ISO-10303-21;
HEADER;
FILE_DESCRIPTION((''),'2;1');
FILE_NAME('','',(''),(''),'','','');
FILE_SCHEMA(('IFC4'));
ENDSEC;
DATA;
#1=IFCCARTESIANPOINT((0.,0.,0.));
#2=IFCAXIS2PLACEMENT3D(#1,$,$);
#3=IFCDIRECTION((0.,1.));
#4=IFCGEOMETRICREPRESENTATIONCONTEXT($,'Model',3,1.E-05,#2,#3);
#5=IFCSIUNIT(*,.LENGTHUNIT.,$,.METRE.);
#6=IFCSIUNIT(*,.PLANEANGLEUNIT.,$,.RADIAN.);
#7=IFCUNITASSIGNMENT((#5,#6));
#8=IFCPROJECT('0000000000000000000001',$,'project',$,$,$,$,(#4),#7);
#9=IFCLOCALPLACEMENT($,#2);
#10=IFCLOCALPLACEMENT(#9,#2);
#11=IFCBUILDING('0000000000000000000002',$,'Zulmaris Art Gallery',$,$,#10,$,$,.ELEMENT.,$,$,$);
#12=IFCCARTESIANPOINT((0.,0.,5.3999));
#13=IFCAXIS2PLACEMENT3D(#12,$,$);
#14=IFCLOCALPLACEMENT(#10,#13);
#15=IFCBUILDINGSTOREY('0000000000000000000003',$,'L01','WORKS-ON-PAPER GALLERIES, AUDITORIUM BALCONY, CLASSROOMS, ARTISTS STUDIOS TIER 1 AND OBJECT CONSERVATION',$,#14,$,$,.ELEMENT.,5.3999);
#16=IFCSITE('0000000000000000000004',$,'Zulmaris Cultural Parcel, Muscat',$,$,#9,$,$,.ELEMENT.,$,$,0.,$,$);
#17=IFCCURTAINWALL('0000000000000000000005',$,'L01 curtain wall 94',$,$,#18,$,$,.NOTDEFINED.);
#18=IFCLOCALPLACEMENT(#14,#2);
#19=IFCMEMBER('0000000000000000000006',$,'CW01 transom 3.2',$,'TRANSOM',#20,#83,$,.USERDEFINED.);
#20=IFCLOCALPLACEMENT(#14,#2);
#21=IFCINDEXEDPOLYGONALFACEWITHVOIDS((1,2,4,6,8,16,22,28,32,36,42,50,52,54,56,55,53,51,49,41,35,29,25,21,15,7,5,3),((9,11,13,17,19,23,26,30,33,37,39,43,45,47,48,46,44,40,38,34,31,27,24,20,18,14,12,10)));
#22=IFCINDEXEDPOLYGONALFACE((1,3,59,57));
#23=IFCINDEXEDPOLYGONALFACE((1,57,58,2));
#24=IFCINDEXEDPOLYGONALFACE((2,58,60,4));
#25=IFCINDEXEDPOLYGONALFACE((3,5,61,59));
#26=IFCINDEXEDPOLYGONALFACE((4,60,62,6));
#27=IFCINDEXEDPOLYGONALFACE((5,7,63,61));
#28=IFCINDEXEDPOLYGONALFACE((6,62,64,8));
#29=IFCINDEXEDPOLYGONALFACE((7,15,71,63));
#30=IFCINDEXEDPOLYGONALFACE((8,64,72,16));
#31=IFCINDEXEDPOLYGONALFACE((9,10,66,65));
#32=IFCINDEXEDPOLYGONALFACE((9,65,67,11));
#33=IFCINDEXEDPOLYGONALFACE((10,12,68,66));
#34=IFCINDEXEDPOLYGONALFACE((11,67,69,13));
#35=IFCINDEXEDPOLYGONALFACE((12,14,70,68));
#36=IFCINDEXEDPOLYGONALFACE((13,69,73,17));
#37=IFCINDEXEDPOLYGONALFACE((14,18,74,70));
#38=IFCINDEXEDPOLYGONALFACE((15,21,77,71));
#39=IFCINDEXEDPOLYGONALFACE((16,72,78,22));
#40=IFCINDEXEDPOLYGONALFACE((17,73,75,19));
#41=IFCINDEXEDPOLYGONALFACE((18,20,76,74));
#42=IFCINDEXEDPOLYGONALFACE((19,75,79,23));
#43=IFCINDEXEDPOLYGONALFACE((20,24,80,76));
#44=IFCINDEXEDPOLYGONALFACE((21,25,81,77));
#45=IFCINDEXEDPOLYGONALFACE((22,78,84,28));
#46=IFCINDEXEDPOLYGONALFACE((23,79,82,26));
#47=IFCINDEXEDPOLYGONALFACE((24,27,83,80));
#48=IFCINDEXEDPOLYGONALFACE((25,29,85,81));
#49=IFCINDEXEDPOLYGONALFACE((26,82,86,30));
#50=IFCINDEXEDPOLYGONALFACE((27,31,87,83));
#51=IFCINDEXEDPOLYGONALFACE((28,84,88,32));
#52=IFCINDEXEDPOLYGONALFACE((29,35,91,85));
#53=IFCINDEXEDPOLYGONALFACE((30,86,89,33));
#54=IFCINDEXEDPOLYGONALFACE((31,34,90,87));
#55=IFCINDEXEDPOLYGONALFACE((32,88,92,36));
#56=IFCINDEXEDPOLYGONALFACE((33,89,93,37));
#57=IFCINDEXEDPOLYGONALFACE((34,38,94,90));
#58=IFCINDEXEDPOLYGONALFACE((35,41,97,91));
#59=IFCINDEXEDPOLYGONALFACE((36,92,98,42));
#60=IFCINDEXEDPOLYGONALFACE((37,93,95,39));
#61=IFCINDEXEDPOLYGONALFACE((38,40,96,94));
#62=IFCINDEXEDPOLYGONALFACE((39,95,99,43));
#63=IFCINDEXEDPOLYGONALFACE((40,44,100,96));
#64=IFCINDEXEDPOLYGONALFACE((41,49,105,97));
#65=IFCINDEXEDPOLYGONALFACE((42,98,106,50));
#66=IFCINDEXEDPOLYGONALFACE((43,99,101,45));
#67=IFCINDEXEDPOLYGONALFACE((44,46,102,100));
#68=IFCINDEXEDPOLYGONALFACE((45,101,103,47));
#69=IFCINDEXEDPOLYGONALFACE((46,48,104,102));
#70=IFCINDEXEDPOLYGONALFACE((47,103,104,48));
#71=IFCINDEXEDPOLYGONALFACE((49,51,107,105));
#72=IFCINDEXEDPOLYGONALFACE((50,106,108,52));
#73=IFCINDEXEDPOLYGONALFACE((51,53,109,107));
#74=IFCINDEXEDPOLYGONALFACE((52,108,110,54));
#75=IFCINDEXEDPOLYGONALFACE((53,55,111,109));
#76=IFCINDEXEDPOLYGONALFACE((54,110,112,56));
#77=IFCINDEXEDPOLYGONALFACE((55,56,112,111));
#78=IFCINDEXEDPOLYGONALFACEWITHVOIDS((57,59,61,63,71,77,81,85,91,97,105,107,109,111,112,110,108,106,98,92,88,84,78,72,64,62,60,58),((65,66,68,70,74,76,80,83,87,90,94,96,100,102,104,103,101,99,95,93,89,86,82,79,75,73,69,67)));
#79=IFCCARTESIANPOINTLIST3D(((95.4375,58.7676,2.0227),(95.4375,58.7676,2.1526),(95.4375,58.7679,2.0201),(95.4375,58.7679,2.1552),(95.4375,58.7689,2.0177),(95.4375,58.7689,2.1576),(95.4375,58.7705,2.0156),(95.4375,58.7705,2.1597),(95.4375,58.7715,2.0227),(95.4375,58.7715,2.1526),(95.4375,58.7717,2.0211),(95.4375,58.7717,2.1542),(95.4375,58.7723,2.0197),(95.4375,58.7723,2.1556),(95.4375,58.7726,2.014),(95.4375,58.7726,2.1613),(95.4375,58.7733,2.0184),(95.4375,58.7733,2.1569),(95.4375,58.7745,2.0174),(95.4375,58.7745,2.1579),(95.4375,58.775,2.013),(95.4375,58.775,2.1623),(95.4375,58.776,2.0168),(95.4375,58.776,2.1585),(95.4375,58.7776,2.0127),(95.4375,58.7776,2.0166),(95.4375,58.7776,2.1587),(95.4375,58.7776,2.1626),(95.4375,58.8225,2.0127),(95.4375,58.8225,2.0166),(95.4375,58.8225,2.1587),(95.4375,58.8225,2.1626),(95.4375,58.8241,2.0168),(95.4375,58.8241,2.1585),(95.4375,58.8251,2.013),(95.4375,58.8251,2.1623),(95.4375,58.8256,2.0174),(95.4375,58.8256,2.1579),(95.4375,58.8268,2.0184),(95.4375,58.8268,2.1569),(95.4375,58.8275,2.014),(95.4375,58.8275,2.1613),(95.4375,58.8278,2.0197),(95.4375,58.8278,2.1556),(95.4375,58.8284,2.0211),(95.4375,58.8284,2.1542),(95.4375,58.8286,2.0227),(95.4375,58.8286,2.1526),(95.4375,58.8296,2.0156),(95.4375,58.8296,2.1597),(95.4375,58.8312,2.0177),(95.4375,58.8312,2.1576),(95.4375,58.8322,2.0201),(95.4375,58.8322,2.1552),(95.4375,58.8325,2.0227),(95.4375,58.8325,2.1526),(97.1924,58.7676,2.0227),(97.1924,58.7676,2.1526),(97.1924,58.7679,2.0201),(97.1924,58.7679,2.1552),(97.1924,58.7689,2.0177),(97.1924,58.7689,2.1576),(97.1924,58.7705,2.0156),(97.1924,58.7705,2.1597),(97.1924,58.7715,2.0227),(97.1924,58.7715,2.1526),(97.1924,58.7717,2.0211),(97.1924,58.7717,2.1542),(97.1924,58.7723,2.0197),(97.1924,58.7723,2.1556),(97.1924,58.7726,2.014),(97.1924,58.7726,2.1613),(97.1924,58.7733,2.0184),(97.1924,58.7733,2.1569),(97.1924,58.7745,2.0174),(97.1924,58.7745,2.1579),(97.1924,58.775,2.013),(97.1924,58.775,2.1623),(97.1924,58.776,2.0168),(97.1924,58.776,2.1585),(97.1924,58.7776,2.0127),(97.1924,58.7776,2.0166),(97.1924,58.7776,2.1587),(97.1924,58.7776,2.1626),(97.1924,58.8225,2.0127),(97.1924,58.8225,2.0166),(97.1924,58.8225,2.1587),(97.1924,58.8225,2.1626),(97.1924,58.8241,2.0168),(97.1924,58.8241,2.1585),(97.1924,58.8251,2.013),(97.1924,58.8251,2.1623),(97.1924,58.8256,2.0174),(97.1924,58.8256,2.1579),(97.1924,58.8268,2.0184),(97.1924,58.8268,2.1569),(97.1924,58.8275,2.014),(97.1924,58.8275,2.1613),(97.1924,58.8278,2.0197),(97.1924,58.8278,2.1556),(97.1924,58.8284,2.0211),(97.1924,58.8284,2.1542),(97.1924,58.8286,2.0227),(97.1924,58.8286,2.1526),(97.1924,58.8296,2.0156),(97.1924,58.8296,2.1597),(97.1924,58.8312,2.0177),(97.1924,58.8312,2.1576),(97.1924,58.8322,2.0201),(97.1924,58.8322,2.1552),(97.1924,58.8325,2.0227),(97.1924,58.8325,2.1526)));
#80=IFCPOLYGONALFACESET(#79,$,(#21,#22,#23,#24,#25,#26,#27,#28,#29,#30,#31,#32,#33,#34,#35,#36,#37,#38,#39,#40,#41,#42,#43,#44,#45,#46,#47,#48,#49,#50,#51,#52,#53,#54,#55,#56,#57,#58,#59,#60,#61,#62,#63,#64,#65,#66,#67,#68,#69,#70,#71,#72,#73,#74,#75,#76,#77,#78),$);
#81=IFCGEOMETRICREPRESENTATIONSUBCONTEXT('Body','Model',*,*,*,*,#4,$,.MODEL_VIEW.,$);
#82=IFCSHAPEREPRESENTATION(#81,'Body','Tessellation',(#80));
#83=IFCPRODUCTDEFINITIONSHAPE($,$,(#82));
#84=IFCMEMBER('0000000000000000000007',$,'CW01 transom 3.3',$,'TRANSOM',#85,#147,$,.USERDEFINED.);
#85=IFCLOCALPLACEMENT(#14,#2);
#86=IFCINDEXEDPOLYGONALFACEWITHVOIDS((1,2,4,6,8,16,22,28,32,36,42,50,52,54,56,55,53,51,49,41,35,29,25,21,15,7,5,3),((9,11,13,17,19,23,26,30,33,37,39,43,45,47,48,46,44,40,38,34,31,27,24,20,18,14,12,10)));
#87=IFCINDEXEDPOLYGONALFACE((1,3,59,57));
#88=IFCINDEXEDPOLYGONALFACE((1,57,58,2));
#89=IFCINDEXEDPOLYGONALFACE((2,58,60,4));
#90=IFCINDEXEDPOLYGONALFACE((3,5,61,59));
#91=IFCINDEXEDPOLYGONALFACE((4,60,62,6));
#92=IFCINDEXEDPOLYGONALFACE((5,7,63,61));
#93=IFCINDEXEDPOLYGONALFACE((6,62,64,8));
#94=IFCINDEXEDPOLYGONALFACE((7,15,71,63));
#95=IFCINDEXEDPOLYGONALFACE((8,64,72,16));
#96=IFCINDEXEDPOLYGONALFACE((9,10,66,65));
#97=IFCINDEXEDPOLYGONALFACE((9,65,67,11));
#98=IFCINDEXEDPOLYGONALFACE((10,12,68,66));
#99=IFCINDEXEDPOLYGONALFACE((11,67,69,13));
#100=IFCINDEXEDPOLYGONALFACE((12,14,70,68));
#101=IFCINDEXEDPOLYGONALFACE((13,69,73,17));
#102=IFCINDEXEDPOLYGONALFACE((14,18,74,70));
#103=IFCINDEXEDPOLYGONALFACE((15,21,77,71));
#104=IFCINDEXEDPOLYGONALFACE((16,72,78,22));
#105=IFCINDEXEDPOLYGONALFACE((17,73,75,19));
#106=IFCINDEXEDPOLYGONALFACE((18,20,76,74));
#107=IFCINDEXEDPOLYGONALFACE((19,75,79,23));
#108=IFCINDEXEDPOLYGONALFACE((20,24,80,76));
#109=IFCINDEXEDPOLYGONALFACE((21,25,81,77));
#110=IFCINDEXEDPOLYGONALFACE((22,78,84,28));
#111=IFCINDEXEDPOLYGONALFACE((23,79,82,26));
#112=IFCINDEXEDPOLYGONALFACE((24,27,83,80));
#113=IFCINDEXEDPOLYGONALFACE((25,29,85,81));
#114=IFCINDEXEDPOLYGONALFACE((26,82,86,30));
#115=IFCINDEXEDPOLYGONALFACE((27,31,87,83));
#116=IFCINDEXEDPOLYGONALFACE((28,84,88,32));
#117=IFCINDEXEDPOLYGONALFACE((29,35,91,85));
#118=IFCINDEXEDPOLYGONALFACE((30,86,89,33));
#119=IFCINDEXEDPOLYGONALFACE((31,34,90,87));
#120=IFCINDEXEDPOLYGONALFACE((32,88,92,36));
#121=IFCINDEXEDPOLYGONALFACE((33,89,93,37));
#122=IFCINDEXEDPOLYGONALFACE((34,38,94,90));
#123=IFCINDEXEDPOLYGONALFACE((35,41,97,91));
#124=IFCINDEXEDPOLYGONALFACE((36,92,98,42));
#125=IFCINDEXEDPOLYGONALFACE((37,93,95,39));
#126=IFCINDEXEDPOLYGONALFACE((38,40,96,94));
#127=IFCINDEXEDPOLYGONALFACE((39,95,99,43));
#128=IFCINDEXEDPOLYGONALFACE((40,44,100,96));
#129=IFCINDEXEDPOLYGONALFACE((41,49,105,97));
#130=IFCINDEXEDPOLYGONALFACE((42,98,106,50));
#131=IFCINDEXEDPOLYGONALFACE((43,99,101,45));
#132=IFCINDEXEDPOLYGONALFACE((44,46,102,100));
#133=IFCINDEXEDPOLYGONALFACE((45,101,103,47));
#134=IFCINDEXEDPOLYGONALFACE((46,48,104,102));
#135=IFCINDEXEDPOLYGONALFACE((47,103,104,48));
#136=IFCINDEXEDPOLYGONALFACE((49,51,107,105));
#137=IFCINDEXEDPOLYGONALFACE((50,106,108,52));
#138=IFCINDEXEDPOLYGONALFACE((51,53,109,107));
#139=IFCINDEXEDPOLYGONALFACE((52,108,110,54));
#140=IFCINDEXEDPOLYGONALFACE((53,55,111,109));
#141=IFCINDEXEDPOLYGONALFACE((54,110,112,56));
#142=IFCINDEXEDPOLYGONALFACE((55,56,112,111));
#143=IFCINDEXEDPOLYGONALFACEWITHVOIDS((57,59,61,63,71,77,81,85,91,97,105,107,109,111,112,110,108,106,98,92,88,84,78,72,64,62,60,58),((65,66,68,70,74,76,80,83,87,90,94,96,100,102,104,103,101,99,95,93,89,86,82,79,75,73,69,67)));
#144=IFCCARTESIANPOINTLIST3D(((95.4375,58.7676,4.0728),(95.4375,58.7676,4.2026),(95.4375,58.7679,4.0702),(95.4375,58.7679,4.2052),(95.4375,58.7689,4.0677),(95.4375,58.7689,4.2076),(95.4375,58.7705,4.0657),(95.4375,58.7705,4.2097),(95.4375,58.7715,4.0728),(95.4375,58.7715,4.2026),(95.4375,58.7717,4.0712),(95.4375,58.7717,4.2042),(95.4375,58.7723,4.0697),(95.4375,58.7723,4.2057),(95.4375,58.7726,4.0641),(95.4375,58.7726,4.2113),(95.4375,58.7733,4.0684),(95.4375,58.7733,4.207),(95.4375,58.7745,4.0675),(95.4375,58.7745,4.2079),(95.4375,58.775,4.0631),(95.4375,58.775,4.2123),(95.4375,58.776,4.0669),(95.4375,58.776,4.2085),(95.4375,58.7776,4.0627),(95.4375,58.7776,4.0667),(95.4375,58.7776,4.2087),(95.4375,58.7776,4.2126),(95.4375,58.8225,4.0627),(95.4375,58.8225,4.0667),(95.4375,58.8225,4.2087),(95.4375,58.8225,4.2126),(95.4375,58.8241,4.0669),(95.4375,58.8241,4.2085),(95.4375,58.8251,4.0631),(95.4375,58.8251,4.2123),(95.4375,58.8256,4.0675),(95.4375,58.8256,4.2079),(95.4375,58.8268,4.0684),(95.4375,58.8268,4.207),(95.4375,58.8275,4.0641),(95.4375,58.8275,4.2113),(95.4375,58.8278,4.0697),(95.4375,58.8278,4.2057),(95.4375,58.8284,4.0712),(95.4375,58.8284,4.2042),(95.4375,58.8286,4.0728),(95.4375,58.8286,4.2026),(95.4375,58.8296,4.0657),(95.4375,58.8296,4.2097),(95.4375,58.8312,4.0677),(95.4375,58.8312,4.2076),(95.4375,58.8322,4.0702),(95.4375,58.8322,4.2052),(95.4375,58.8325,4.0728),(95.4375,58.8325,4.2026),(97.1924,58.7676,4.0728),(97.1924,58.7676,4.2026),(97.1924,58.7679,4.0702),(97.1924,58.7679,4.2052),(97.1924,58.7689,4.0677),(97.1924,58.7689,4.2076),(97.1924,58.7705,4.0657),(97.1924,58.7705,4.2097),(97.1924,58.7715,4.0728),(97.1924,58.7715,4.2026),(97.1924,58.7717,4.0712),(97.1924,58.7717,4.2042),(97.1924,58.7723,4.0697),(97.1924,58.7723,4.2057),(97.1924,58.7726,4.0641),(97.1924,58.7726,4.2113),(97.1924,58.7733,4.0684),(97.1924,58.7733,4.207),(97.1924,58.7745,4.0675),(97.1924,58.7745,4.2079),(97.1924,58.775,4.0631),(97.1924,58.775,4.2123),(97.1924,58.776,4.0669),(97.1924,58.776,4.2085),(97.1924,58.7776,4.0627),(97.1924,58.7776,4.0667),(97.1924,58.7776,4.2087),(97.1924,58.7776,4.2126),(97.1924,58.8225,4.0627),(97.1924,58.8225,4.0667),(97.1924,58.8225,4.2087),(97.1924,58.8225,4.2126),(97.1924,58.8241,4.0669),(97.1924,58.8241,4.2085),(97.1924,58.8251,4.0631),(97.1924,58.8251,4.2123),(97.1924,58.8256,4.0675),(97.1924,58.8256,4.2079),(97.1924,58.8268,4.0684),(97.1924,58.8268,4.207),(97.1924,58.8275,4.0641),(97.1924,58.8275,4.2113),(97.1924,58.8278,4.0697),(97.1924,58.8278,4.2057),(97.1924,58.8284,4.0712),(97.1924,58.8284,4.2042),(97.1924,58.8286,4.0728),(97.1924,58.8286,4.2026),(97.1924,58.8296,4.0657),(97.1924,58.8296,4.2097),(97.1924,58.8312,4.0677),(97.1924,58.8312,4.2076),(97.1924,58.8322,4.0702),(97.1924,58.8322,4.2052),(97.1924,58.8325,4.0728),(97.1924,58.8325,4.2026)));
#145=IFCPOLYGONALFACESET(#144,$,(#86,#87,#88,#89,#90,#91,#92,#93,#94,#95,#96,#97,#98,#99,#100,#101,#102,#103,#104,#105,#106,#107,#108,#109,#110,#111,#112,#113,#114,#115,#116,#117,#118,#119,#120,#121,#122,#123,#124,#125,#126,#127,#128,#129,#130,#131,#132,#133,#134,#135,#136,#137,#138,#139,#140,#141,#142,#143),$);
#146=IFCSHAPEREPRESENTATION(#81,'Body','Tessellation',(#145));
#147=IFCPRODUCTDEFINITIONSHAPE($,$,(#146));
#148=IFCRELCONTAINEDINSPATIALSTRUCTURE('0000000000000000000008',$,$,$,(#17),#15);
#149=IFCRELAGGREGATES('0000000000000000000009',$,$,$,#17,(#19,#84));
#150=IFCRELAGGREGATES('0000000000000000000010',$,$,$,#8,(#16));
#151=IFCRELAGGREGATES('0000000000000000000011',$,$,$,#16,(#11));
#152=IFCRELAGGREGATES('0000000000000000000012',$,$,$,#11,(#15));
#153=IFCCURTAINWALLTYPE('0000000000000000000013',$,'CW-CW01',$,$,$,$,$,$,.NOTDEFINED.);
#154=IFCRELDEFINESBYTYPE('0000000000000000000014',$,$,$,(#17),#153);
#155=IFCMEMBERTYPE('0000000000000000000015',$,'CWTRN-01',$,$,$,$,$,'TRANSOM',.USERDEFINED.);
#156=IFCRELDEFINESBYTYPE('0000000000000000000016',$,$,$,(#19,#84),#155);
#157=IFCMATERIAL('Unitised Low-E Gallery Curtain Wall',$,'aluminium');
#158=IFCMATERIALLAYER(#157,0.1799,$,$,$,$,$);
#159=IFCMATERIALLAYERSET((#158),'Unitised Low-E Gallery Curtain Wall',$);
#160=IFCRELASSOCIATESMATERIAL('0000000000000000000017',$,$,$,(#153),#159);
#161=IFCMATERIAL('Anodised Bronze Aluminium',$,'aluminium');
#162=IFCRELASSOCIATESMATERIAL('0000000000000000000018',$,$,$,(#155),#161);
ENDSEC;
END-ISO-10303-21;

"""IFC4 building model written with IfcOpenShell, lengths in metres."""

from ifc_helpers import new_model, si_unit, direction, frame, origin, origin_2d, place, context, subcontext, project, spatial, hollow_rectangle, extrude, material, layer, layer_set, material_profile, profile_set, type_object, element, aggregate, save


model = new_model("IFC4")

# Units and contexts
model_context = context("Model", 3, precision=1e-05, world=origin(), true_north=direction((0.0, 1.0)))
body_context = subcontext(model_context, "Body", "Model", "MODEL_VIEW")
ifc_project = project(units=[si_unit("LENGTHUNIT", "METRE"), si_unit("PLANEANGLEUNIT", "RADIAN")], contexts=[model_context])

# Site, building, storey
site_placement = place(None, origin())
site = spatial("IfcSite", under=ifc_project, at=site_placement, Name="Zulmaris Cultural Parcel, Muscat", CompositionType="ELEMENT", RefElevation=0.0)
building_placement = place(site_placement, origin())
building = spatial("IfcBuilding", under=site, at=building_placement, Name="Zulmaris Art Gallery", CompositionType="ELEMENT")
storey_placement = place(building_placement, frame((0.0, 0.0, 5.3999)))
storey = spatial("IfcBuildingStorey", under=building, at=storey_placement, Name="L01", Description="WORKS-ON-PAPER GALLERIES, AUDITORIUM BALCONY, CLASSROOMS, ARTISTS STUDIOS TIER 1 AND OBJECT CONSERVATION", CompositionType="ELEMENT", Elevation=5.3999)

# Shared definitions
ifc_material_1 = material(Name="Anodised Bronze Aluminium", Category="aluminium")

# Curtain wall
ifc_material_2 = material(Name="Unitised Low-E Gallery Curtain Wall", Category="aluminium")
ifc_layer_1 = layer(ifc_material_2, 0.1799)
ifc_layer_set_1 = layer_set([ifc_layer_1], Name="Unitised Low-E Gallery Curtain Wall")
curtain_wall_type_1 = type_object("IfcCurtainWallType", Name="CW-CW01", PredefinedType="NOTDEFINED", material=ifc_layer_set_1)
curtain_wall_1_placement = place(storey_placement, origin())
curtain_wall_1 = element("IfcCurtainWall", 1, at=curtain_wall_1_placement, inside=storey, type_object=curtain_wall_type_1, Name="L01 curtain wall 94", PredefinedType="NOTDEFINED")

# Members
ifc_material_profile_1 = material_profile(ifc_material_1, hollow_rectangle(XDim=0.0649, YDim=0.1499, WallThickness=0.0039, InnerFilletRadius=0.0061, OuterFilletRadius=0.01, at=origin_2d()), Name="ALU 65x150x4")
ifc_profile_set_1 = profile_set([ifc_material_profile_1], Name="Anodised Bronze Aluminium")
member_type_1 = type_object("IfcMemberType", Name="CWTRN-01", ElementType="TRANSOM", PredefinedType="USERDEFINED", material=ifc_profile_set_1)
member_1_placement = place(storey_placement, frame((95.4375, 58.8, 2.0876), z_axis=(1.0, 0.0, 0.0), x_axis=(0.0, 1.0, 0.0)))
member_1 = element("IfcMember", 2, at=member_1_placement, type_object=member_type_1, Name="CW01 transom 3.2", ObjectType="TRANSOM", PredefinedType="USERDEFINED", context=body_context, shape_type="SweptSolid", body=[
    extrude(hollow_rectangle(XDim=0.0649, YDim=0.1499, WallThickness=0.0039, InnerFilletRadius=0.0061, OuterFilletRadius=0.01, at=origin_2d()), origin(), (0.0, 0.0, 1.0), 1.7549),
])
member_2_placement = place(storey_placement, frame((95.4375, 58.8, 4.1377), z_axis=(1.0, 0.0, 0.0), x_axis=(0.0, 1.0, 0.0)))
member_2 = element("IfcMember", 3, at=member_2_placement, type_object=member_type_1, Name="CW01 transom 3.3", ObjectType="TRANSOM", PredefinedType="USERDEFINED", context=body_context, shape_type="SweptSolid", body=[
    extrude(hollow_rectangle(XDim=0.0649, YDim=0.1499, WallThickness=0.0039, InnerFilletRadius=0.0061, OuterFilletRadius=0.01, at=origin_2d()), origin(), (0.0, 0.0, 1.0), 1.7549),
])

aggregate(curtain_wall_1, [member_1, member_2])

save(model, "model.ifc")
